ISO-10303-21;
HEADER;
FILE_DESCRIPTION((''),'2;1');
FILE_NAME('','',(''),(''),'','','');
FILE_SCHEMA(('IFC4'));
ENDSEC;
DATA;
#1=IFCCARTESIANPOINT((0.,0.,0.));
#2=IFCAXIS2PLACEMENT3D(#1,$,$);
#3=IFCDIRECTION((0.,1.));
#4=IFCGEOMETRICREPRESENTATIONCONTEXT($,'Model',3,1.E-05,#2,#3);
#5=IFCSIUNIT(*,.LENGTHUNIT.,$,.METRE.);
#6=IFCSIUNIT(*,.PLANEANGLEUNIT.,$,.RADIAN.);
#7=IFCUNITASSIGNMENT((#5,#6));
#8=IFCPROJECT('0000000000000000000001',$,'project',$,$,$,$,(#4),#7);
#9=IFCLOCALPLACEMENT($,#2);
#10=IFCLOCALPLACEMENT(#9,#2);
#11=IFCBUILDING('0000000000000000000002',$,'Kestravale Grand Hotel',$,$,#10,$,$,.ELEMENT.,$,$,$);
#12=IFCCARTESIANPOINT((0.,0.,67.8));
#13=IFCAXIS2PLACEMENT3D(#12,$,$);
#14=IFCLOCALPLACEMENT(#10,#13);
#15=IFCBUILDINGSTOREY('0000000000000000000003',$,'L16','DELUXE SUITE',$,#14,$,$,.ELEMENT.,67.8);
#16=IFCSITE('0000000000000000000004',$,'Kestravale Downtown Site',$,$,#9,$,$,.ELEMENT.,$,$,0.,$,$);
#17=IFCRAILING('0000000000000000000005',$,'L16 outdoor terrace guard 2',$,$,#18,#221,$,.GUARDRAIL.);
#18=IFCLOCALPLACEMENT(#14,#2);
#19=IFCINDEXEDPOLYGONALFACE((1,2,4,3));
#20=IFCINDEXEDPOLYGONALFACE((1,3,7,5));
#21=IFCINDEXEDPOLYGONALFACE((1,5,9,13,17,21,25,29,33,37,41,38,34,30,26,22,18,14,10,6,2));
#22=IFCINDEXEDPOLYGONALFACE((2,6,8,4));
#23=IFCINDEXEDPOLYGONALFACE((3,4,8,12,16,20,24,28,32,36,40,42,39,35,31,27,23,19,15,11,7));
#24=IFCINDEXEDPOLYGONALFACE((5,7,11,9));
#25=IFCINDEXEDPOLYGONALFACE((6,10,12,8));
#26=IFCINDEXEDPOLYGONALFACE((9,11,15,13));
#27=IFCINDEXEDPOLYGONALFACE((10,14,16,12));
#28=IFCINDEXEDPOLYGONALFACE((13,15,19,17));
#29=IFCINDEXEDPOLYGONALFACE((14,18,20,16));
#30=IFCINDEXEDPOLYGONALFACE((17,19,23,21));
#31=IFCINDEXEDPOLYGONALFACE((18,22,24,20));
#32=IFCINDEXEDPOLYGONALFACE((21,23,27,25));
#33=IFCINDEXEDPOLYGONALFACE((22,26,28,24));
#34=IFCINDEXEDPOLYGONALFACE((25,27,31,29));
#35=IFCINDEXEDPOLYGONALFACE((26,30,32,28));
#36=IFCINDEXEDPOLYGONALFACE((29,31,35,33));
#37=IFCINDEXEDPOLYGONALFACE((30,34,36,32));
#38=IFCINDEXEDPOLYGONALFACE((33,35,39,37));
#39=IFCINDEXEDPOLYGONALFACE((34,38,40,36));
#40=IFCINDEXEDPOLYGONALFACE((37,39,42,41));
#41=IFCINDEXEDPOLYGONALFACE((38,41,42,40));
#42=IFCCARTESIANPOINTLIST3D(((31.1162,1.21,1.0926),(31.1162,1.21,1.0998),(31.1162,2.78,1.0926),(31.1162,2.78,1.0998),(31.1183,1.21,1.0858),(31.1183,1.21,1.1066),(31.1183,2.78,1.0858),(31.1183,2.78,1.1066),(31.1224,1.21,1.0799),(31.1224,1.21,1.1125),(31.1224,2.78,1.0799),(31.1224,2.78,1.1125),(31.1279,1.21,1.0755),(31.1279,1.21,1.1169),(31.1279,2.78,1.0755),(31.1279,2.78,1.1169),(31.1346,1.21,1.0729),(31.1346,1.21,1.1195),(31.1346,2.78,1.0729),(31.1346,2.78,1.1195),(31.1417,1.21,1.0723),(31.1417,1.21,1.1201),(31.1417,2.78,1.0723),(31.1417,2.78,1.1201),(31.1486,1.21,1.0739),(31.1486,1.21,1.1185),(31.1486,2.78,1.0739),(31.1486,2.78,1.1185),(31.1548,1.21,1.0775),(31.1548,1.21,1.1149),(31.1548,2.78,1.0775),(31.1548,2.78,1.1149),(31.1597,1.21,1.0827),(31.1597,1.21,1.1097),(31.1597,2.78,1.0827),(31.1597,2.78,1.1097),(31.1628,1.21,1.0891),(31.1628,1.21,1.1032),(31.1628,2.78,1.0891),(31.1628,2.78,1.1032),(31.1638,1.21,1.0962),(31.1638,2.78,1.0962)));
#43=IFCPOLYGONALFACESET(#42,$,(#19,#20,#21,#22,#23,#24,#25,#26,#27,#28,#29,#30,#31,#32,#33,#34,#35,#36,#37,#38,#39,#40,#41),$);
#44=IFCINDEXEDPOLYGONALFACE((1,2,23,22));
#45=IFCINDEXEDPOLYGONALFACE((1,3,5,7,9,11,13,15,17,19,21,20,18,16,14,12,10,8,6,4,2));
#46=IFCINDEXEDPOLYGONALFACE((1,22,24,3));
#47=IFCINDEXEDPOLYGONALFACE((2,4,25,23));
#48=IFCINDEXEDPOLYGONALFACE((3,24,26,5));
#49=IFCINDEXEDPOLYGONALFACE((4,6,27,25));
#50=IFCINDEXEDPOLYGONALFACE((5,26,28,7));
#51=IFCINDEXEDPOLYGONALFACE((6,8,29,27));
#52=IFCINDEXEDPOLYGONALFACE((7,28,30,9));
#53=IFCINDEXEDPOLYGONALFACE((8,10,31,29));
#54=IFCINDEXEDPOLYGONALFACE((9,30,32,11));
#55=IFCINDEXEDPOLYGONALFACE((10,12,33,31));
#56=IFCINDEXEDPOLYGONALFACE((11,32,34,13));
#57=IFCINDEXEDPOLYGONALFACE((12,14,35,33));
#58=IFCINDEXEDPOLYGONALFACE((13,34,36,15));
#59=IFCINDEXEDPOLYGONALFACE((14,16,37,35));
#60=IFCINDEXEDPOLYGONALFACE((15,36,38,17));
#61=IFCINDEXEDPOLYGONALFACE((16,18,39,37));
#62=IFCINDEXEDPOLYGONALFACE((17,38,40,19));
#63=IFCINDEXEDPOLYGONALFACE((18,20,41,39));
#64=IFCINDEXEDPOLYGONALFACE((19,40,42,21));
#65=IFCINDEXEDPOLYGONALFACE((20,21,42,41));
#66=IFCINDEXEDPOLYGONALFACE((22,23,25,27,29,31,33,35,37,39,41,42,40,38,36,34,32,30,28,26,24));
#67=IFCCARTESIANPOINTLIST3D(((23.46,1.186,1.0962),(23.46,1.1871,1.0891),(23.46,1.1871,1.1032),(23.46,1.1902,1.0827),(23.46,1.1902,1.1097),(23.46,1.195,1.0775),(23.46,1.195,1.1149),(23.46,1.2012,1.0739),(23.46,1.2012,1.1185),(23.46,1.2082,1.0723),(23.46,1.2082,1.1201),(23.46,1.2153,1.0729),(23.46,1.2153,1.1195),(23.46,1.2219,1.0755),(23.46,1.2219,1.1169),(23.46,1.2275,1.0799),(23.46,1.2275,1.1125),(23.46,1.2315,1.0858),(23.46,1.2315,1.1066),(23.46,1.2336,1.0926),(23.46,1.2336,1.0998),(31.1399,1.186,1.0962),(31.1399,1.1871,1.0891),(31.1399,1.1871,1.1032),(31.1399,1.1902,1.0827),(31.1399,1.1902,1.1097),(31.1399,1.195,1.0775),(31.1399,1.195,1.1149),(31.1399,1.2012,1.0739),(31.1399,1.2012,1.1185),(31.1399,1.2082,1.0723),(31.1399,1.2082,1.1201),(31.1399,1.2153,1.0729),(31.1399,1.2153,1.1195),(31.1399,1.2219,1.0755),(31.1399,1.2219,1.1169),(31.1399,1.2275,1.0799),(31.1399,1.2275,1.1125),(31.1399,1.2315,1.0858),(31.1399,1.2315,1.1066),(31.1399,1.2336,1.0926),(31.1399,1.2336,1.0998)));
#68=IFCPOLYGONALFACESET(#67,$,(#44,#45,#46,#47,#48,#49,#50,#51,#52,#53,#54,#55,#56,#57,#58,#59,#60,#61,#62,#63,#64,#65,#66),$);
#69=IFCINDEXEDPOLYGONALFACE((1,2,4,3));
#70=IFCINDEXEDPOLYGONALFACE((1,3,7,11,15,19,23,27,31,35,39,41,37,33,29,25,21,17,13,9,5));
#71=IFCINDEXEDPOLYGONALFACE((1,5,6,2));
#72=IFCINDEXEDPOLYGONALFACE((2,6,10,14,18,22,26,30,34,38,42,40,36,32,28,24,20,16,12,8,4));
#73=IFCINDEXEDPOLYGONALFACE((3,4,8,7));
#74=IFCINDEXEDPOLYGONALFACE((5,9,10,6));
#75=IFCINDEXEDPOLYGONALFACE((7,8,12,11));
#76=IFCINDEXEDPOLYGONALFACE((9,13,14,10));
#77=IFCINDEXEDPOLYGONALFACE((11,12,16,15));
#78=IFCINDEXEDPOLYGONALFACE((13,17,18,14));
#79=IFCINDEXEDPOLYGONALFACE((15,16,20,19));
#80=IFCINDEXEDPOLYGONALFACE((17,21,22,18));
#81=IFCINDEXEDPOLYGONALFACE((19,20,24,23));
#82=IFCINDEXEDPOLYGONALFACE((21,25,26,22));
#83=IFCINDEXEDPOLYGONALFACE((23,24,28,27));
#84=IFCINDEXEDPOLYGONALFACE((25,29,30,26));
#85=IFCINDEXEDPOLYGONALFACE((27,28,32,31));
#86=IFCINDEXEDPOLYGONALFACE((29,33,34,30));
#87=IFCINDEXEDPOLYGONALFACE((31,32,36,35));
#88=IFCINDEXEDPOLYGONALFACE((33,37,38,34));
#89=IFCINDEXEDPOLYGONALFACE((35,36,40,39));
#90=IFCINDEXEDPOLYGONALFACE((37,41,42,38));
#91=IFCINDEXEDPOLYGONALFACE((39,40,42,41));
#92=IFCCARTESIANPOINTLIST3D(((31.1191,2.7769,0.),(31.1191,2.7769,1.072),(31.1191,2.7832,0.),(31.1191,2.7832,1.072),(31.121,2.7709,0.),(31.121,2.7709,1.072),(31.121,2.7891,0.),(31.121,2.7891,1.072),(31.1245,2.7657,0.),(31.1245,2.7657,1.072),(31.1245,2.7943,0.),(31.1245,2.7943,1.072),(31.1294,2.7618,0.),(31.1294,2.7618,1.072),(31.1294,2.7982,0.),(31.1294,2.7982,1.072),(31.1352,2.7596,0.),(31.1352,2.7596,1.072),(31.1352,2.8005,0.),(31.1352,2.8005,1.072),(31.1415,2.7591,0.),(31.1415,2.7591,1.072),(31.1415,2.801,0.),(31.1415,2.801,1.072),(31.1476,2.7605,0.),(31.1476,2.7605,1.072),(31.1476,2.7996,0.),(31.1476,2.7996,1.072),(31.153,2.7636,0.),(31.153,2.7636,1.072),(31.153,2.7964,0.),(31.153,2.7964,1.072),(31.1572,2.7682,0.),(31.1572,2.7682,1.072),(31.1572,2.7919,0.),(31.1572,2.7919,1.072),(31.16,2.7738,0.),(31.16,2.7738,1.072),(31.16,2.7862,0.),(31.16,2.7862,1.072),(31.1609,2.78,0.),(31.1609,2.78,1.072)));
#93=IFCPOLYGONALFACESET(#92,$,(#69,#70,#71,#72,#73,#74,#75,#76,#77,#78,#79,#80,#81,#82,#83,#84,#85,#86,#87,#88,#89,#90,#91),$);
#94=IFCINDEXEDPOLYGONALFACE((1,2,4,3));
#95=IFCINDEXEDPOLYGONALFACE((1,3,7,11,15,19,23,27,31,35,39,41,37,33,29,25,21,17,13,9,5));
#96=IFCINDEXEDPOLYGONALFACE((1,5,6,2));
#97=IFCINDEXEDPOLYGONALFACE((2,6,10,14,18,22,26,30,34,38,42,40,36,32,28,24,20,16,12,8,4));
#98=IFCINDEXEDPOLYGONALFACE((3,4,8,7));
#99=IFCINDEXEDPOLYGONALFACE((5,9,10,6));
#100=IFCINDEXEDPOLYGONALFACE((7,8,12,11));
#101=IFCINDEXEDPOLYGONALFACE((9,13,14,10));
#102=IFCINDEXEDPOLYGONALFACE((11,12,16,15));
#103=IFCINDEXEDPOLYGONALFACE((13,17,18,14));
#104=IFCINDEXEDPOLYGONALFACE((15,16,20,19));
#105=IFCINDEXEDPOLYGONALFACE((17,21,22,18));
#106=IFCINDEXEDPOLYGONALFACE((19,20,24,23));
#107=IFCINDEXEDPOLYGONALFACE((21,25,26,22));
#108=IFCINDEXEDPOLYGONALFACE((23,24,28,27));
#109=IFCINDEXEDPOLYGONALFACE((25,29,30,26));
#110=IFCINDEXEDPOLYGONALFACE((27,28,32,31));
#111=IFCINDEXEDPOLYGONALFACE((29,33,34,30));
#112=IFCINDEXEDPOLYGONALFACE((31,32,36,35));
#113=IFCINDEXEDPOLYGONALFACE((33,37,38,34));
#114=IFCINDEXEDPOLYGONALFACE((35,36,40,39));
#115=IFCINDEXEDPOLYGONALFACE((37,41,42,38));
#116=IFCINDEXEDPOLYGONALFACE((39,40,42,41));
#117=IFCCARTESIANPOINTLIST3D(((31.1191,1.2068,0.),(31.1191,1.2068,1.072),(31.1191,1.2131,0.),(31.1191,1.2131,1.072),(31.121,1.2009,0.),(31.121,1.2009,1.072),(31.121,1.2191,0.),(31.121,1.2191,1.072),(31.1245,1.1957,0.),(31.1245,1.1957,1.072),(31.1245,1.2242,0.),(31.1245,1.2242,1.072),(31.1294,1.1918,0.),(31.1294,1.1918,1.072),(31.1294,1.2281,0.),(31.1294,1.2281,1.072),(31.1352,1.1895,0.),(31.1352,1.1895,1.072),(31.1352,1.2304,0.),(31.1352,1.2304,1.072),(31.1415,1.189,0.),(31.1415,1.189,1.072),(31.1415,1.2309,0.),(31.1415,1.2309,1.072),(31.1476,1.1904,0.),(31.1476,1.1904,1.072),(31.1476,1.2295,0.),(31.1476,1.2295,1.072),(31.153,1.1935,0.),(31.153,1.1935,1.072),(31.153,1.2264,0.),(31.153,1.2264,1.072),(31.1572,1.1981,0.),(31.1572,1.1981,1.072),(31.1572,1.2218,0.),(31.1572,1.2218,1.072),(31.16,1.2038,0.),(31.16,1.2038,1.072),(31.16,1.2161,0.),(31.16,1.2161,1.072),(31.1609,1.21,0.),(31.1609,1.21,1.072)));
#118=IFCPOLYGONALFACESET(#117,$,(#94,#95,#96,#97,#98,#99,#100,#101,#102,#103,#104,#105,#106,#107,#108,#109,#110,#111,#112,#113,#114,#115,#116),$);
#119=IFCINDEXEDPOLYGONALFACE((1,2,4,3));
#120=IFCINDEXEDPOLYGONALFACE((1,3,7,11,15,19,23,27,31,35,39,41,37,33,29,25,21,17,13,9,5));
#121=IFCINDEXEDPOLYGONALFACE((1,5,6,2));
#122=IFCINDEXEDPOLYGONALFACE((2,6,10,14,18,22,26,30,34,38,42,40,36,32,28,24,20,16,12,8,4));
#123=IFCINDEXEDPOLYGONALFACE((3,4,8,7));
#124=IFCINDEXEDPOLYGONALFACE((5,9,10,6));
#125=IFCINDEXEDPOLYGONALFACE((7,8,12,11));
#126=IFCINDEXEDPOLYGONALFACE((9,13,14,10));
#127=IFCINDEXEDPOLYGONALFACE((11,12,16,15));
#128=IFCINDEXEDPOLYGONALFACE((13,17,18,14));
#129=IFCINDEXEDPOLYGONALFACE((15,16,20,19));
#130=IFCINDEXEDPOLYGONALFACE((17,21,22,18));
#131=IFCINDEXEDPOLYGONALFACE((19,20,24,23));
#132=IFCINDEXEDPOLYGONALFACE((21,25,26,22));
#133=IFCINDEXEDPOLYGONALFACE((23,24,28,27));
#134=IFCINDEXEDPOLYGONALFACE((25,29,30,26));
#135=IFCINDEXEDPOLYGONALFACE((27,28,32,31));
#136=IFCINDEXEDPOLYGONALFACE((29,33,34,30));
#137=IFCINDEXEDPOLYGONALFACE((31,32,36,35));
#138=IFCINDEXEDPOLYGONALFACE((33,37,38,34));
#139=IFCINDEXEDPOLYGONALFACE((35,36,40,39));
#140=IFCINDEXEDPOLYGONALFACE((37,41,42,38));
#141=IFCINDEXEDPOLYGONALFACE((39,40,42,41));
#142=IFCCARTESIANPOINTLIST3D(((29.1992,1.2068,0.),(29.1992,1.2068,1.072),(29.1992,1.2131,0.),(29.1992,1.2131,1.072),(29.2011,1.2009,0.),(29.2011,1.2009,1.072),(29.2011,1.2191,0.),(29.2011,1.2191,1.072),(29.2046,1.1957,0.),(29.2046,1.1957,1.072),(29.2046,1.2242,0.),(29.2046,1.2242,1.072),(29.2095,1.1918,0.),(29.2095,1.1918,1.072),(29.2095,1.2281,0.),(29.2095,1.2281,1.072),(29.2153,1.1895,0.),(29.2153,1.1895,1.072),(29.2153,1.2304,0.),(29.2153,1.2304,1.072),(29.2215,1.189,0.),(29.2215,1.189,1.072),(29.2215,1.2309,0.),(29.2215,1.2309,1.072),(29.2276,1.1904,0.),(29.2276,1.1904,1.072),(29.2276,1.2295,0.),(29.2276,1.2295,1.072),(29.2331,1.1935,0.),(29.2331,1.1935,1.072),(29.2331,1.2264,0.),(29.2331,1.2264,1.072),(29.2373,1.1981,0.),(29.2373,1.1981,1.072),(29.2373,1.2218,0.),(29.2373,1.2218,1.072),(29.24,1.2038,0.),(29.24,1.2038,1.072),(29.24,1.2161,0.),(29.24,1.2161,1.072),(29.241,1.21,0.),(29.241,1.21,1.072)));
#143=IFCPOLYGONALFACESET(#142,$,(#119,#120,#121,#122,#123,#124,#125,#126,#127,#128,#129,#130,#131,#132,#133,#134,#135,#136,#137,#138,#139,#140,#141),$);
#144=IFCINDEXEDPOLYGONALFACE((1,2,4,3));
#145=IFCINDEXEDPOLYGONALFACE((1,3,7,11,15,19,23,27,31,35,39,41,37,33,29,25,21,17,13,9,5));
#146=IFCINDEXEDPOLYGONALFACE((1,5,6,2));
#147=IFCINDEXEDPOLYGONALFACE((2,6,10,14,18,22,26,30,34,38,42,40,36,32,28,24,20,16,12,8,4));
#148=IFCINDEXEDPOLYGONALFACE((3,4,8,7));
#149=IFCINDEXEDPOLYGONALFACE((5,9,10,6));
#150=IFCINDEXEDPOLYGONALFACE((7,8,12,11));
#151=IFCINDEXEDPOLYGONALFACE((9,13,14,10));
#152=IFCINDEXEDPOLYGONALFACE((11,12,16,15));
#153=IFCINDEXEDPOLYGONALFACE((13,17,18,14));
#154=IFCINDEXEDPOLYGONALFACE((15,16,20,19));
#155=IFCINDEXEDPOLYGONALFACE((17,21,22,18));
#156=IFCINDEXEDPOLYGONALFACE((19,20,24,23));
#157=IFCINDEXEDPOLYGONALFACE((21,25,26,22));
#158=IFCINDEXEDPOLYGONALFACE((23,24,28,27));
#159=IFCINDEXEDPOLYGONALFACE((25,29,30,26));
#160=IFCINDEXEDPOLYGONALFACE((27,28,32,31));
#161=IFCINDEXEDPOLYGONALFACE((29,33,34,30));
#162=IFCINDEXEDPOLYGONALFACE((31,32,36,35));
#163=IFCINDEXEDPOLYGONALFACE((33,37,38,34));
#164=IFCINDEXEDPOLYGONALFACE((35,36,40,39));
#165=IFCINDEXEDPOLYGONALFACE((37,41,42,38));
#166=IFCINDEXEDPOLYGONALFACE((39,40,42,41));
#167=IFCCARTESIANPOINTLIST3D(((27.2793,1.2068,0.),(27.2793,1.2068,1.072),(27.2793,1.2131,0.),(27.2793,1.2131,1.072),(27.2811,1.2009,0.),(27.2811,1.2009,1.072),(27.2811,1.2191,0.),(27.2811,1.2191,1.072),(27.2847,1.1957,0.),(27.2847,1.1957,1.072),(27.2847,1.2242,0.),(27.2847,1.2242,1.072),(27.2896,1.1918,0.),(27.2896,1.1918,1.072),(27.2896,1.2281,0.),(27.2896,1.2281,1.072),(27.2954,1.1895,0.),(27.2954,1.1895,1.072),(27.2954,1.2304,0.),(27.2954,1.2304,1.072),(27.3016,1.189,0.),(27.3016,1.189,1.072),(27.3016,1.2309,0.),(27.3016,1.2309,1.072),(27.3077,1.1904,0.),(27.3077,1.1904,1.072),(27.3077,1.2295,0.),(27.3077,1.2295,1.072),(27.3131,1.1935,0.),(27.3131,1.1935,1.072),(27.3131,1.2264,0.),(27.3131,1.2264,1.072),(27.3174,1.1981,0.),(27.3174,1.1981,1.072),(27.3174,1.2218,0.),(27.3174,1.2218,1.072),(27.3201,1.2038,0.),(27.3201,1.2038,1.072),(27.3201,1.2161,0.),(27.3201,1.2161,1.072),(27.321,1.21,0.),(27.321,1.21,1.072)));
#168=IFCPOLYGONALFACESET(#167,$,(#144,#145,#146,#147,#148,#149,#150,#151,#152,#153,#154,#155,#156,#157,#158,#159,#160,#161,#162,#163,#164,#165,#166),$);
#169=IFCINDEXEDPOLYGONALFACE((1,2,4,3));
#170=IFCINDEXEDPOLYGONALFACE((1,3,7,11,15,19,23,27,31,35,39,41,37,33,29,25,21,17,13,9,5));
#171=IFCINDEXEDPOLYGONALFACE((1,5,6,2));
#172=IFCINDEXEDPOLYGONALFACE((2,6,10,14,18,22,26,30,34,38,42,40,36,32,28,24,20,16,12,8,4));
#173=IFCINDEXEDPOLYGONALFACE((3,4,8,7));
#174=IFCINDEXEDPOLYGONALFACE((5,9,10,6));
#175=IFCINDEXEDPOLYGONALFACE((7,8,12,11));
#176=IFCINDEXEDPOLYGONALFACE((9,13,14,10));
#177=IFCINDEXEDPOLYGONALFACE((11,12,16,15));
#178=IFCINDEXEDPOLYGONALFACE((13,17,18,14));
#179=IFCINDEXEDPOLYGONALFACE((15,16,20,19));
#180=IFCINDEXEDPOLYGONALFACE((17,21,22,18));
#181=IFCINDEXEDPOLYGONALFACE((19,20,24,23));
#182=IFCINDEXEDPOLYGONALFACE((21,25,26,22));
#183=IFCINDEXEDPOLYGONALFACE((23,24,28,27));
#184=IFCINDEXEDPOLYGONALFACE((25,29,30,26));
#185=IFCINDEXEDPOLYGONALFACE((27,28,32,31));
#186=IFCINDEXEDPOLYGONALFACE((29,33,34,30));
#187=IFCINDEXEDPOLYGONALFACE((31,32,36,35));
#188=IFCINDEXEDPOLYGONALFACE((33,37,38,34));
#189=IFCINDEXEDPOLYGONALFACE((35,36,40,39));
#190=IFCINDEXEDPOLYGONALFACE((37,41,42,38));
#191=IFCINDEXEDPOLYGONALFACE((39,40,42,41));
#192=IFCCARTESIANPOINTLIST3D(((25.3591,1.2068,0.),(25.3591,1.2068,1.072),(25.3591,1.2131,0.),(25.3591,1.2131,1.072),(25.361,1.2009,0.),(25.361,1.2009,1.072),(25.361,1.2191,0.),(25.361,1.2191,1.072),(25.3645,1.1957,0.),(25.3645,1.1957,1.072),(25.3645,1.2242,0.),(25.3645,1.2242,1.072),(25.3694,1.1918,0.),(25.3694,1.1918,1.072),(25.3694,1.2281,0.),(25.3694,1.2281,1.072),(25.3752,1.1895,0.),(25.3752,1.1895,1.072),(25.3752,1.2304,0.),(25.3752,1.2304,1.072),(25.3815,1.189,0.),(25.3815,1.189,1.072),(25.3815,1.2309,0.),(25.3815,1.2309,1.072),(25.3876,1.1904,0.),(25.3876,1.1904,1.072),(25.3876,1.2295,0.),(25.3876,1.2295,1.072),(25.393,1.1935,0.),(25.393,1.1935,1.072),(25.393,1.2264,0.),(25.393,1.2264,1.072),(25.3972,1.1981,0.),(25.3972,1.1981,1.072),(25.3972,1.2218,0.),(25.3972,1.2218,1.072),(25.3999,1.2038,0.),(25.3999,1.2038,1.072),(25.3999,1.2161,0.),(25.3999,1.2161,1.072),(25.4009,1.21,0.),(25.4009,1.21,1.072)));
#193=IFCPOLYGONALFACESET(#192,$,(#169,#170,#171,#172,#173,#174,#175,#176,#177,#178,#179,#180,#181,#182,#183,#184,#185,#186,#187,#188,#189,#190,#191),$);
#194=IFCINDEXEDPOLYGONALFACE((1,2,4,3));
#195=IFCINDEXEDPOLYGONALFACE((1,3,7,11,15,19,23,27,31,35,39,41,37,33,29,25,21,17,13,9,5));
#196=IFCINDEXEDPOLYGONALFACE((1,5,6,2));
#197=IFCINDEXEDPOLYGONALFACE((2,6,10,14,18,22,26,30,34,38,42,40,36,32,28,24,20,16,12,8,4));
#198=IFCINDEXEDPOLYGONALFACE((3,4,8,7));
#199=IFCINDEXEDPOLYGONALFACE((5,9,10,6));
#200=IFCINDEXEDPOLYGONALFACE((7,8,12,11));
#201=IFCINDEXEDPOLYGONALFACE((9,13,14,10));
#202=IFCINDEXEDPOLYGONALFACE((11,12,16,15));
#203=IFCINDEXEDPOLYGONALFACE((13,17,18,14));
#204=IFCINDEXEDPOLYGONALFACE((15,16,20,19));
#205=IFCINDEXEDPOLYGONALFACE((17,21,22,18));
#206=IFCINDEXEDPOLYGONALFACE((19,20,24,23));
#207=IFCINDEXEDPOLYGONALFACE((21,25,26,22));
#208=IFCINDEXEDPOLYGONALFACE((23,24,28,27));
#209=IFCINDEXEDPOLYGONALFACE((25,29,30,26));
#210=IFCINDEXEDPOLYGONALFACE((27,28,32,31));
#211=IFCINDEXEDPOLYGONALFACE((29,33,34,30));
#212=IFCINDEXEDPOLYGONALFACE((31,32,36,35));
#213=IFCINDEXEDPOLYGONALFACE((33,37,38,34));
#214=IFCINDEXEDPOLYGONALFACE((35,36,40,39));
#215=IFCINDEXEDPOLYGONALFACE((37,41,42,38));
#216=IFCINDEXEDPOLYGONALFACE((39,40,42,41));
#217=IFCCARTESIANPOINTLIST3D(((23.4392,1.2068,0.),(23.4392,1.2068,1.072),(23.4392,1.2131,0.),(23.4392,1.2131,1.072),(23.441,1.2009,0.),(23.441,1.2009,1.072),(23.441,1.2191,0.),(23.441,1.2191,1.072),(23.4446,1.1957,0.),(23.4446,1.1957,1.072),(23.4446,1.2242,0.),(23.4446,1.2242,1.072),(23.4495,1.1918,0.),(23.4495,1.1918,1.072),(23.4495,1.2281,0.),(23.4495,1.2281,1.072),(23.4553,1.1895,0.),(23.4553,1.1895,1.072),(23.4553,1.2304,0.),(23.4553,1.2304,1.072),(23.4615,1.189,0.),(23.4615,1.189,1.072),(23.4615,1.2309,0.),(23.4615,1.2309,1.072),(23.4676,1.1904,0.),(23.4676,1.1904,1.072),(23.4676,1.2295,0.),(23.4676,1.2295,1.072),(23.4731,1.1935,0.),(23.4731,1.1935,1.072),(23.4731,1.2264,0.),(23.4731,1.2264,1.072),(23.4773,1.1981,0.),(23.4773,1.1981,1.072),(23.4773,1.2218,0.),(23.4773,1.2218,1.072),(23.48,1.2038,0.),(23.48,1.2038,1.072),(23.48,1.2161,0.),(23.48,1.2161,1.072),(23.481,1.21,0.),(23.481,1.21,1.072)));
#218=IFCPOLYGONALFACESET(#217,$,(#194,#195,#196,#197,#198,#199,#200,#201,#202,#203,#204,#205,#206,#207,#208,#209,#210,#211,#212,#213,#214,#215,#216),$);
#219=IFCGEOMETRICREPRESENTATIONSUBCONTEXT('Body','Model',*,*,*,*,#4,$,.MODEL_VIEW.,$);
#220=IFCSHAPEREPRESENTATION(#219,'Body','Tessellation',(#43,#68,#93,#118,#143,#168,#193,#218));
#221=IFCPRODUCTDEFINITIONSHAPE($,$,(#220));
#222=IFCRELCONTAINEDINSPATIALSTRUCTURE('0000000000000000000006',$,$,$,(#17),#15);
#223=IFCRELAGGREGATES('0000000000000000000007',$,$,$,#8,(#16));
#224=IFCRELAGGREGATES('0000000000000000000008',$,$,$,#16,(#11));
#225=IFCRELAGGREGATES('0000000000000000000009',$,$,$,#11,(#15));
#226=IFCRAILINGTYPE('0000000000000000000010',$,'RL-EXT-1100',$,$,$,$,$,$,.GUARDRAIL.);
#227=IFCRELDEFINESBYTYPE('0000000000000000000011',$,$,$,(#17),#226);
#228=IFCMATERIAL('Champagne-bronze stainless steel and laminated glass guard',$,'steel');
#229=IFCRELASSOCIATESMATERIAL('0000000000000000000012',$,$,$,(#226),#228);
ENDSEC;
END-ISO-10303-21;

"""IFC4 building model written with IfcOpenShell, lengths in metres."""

from ifc_helpers import new_model, si_unit, direction, frame, origin, origin_2d, place, context, subcontext, project, spatial, circle, extrude, material, type_object, element, save


model = new_model("IFC4")

# Units and contexts
model_context = context("Model", 3, precision=1e-05, world=origin(), true_north=direction((0.0, 1.0)))
body_context = subcontext(model_context, "Body", "Model", "MODEL_VIEW")
ifc_project = project(units=[si_unit("LENGTHUNIT", "METRE"), si_unit("PLANEANGLEUNIT", "RADIAN")], contexts=[model_context])

# Site, building, storey
site_placement = place(None, origin())
site = spatial("IfcSite", under=ifc_project, at=site_placement, Name="Kestravale Downtown Site", CompositionType="ELEMENT", RefElevation=0.0)
building_placement = place(site_placement, origin())
building = spatial("IfcBuilding", under=site, at=building_placement, Name="Kestravale Grand Hotel", CompositionType="ELEMENT")
storey_placement = place(building_placement, frame((0.0, 0.0, 67.8)))
storey = spatial("IfcBuildingStorey", under=building, at=storey_placement, Name="L16", Description="DELUXE SUITE", CompositionType="ELEMENT", Elevation=67.8)

# Railing
ifc_material_1 = material(Name="Champagne-bronze stainless steel and laminated glass guard", Category="steel")
railing_type = type_object("IfcRailingType", Name="RL-EXT-1100", PredefinedType="GUARDRAIL", material=ifc_material_1)
railing_1_placement = place(storey_placement, frame((31.1399, 2.78, 0.0)))
element("IfcRailing", 1, at=railing_1_placement, inside=storey, type_object=railing_type, Name="L16 outdoor terrace guard 2", PredefinedType="GUARDRAIL", context=body_context, shape_type="SweptSolid", body=[
    extrude(circle(Radius=0.0239, at=origin_2d()), frame((0.0, 0.0, 1.0962), z_axis=(0.0, -1.0, 0.0), x_axis=(1.0, 0.0, 0.0)), (0.0, 0.0, 1.0), 1.5701),
    extrude(circle(Radius=0.0239, at=origin_2d()), frame((0.0, -1.5701, 1.0962), z_axis=(-1.0, 0.0, 0.0), x_axis=(0.0, -1.0, 0.0)), (0.0, 0.0, 1.0), 7.6799),
    extrude(circle(Radius=0.021, at=origin_2d()), origin(), (0.0, 0.0, 1.0), 1.072),
    extrude(circle(Radius=0.021, at=origin_2d()), frame((0.0, -1.5701, 0.0)), (0.0, 0.0, 1.0), 1.072),
    extrude(circle(Radius=0.021, at=origin_2d()), frame((-1.9199, -1.5701, 0.0)), (0.0, 0.0, 1.0), 1.072),
    extrude(circle(Radius=0.021, at=origin_2d()), frame((-3.8398, -1.5701, 0.0)), (0.0, 0.0, 1.0), 1.072),
    extrude(circle(Radius=0.021, at=origin_2d()), frame((-5.76, -1.5701, 0.0)), (0.0, 0.0, 1.0), 1.072),
    extrude(circle(Radius=0.021, at=origin_2d()), frame((-7.6799, -1.5701, 0.0)), (0.0, 0.0, 1.0), 1.072),
])

save(model, "model.ifc")
